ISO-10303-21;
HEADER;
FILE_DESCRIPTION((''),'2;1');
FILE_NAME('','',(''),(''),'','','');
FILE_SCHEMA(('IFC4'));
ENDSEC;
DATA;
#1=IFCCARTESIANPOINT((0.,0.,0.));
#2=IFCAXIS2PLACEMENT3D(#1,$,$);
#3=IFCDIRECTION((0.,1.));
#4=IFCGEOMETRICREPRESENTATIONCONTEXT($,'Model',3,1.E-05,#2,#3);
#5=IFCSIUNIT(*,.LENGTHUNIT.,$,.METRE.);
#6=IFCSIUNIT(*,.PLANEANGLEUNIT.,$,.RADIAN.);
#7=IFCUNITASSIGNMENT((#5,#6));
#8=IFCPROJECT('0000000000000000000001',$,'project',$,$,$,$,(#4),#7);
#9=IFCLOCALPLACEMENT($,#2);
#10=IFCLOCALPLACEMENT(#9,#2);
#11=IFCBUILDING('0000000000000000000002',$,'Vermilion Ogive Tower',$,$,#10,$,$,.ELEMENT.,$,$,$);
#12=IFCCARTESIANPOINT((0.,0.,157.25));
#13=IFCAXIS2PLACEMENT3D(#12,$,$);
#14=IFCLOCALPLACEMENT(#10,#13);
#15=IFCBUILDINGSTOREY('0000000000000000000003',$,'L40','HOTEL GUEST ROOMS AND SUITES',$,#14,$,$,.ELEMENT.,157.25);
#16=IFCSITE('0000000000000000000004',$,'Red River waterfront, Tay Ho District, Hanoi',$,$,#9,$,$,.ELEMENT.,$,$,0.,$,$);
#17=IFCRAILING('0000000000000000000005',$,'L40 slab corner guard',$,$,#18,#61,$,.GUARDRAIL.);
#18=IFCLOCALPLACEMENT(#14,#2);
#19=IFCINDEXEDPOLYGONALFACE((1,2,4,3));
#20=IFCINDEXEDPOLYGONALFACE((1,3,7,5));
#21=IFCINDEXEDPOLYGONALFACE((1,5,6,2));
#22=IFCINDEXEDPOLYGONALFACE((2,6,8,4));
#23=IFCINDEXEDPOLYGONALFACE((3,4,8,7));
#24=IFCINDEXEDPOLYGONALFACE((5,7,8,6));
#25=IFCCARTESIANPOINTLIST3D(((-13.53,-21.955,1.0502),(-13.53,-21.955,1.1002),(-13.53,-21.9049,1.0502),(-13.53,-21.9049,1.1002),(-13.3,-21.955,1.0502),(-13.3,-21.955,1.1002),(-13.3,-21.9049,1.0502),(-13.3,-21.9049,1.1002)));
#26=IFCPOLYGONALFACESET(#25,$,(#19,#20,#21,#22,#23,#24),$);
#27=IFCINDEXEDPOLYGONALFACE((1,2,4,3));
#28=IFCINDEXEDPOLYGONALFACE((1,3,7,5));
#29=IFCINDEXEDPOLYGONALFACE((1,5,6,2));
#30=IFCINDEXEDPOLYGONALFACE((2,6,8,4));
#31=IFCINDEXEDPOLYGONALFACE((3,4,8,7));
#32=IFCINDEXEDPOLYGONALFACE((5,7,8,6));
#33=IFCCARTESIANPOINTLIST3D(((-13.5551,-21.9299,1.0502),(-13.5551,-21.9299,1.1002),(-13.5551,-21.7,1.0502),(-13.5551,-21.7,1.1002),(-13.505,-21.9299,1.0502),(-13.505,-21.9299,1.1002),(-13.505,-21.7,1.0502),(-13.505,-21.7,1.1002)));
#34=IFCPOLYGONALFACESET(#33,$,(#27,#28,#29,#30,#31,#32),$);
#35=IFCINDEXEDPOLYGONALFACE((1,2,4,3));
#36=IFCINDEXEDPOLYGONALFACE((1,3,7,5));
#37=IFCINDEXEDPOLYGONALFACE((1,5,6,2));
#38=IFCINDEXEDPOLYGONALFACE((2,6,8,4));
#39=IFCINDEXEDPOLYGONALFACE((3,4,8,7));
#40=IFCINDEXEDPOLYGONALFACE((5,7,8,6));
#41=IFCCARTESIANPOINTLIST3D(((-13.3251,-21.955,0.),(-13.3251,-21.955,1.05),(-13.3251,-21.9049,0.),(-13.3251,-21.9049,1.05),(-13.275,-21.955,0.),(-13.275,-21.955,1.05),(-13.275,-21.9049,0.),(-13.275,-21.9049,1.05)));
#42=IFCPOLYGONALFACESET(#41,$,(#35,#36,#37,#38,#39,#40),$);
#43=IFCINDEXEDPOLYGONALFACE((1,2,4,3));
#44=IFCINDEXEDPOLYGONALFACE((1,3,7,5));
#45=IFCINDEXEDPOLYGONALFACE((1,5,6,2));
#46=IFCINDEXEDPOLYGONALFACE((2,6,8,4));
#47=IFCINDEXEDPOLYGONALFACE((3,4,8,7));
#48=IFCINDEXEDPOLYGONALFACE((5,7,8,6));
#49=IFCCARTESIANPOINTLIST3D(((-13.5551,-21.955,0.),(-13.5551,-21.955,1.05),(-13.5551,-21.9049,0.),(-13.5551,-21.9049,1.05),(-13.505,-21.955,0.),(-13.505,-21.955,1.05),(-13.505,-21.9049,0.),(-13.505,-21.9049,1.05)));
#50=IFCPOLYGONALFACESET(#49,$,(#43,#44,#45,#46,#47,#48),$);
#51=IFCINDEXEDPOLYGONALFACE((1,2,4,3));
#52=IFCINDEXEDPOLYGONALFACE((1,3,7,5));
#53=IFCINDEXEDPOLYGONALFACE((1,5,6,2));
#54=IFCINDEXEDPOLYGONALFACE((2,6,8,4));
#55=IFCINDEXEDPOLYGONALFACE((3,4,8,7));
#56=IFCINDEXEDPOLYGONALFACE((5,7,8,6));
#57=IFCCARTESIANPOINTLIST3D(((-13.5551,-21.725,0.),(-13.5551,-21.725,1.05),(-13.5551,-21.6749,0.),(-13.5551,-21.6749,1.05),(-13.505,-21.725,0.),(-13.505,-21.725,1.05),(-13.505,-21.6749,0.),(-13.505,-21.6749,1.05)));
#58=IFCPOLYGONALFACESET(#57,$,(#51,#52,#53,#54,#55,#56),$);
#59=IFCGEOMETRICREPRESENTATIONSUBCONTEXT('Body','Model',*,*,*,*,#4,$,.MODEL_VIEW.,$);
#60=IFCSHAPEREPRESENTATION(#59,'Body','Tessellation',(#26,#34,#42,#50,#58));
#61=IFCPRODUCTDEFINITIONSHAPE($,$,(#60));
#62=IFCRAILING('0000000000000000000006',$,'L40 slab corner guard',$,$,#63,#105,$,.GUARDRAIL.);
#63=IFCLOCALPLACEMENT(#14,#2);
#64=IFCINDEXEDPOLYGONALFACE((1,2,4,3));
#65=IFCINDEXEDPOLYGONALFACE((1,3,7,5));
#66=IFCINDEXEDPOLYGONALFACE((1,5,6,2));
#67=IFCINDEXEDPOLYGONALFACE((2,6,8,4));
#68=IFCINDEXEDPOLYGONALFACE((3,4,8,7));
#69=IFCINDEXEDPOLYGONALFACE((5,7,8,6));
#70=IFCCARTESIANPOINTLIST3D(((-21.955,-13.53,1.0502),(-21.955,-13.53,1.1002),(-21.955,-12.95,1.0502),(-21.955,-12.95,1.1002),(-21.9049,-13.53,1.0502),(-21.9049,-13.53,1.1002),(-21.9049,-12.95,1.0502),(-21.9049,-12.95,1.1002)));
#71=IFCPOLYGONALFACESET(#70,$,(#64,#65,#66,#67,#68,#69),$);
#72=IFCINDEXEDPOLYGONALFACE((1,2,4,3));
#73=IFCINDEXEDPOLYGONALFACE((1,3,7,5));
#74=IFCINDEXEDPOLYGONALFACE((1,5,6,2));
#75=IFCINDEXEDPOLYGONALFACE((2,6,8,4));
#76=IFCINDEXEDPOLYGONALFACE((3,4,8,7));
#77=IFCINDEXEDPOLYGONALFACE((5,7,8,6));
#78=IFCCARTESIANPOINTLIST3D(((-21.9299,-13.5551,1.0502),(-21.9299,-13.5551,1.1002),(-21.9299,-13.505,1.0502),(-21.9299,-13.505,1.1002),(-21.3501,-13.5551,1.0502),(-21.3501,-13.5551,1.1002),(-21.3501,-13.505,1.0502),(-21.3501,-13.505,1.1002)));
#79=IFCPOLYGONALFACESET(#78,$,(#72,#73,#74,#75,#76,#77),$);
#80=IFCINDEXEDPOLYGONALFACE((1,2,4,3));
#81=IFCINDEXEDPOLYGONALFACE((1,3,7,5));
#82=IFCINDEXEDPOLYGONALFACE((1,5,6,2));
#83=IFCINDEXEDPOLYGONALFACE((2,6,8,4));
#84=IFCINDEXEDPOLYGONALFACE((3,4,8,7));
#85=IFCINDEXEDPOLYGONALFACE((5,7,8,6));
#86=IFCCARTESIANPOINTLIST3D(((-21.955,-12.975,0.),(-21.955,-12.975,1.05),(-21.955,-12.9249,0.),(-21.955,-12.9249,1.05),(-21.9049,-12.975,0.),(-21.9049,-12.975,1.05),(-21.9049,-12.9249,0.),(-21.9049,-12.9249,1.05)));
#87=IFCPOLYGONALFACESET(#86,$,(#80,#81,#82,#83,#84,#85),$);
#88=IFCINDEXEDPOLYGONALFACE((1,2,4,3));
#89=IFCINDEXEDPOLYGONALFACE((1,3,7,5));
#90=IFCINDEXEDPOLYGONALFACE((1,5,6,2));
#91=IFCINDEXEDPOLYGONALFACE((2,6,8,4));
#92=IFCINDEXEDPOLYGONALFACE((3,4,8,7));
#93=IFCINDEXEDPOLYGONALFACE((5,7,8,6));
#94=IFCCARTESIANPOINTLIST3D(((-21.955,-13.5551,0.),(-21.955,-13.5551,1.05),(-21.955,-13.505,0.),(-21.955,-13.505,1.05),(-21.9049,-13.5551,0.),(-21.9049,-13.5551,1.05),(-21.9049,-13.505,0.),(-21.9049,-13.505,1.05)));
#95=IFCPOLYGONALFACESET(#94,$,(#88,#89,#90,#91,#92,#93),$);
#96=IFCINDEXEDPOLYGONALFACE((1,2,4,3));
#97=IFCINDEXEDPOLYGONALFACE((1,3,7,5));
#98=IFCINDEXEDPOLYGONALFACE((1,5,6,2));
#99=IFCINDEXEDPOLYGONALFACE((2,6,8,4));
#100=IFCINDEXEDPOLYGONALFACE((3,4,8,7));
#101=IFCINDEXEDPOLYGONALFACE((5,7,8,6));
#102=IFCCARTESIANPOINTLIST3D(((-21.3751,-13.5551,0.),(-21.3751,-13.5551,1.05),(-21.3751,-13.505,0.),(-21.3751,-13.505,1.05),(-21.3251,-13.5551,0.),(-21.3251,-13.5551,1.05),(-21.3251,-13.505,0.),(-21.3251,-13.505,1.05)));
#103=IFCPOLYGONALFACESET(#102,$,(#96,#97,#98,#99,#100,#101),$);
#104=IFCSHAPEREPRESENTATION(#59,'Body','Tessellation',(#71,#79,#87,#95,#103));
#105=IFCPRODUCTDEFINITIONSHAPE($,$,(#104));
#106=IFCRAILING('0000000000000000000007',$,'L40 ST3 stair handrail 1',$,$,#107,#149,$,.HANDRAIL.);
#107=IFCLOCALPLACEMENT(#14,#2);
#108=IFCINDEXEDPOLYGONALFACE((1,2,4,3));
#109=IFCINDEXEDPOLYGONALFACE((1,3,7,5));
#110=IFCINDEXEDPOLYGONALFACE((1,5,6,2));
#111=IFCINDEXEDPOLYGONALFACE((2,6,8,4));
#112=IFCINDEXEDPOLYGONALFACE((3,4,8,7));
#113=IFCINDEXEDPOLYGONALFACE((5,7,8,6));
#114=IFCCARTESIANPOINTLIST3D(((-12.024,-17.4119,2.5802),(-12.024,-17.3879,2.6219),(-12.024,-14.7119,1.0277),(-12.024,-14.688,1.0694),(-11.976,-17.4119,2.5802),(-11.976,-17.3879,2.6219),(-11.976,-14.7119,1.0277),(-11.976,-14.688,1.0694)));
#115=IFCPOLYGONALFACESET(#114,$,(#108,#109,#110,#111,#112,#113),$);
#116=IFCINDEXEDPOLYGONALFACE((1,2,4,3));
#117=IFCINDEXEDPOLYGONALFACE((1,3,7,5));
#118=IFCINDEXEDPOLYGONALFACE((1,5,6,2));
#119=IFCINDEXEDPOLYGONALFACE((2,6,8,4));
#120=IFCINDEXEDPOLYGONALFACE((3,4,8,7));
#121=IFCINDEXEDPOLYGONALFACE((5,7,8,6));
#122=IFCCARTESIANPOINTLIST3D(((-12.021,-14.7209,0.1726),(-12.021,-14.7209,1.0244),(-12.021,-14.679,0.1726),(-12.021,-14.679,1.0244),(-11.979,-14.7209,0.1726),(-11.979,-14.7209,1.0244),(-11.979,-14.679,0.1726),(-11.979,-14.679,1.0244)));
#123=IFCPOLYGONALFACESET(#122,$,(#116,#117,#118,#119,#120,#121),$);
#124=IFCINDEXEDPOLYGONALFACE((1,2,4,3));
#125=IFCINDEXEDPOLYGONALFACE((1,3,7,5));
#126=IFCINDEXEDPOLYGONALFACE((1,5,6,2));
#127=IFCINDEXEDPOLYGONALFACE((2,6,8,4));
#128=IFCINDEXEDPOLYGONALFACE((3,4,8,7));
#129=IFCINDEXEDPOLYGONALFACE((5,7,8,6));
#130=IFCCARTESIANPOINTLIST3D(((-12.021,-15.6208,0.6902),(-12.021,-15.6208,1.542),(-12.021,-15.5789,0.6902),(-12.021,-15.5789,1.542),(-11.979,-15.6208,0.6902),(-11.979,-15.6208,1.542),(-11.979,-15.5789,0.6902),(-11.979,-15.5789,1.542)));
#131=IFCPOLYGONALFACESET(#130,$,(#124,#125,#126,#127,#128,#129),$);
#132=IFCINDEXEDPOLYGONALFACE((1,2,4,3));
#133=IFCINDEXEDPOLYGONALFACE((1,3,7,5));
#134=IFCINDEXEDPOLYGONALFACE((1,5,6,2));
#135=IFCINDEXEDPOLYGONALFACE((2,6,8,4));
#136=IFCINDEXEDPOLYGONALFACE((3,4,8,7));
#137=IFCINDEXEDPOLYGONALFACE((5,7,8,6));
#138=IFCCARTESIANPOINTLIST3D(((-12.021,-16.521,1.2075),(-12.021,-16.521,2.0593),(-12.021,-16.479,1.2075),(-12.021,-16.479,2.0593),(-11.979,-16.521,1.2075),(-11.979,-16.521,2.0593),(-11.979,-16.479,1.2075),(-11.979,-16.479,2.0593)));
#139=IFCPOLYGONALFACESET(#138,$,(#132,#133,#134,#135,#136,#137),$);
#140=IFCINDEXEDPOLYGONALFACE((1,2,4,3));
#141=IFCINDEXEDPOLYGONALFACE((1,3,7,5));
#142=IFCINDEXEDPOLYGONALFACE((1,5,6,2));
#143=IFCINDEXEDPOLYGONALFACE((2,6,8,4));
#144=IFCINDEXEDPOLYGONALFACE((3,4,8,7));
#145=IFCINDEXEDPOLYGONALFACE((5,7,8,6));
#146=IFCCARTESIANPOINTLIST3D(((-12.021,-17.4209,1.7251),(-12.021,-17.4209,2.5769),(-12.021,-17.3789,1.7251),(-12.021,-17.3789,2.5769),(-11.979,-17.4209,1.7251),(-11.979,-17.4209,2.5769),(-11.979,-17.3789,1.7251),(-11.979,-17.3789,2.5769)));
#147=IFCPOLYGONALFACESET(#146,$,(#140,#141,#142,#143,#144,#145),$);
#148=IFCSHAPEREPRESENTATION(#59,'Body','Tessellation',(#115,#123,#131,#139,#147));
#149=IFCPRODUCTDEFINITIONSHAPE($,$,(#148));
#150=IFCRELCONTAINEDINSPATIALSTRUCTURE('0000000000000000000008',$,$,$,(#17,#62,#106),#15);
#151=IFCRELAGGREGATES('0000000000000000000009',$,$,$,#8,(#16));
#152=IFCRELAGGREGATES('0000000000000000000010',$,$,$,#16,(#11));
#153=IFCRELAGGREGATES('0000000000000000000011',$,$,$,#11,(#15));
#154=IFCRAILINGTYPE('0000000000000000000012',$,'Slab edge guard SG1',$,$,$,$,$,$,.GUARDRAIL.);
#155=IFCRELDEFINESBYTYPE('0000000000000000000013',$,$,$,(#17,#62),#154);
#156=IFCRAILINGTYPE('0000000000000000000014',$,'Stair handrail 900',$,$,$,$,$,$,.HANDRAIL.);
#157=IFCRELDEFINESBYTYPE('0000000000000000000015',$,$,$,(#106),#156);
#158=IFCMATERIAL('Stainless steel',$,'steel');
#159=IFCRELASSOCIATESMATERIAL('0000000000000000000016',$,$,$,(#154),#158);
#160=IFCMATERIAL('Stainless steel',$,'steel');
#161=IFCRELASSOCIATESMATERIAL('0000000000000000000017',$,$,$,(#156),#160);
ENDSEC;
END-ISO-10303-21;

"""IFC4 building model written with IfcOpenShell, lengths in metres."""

from ifc_helpers import new_model, si_unit, direction, frame, origin, origin_2d, place, context, subcontext, project, spatial, rectangle, extrude, material, type_object, element, save


model = new_model("IFC4")

# Units and contexts
model_context = context("Model", 3, precision=1e-05, world=origin(), true_north=direction((0.0, 1.0)))
body_context = subcontext(model_context, "Body", "Model", "MODEL_VIEW")
ifc_project = project(units=[si_unit("LENGTHUNIT", "METRE"), si_unit("PLANEANGLEUNIT", "RADIAN")], contexts=[model_context])

# Site, building, storey
site_placement = place(None, origin())
site = spatial("IfcSite", under=ifc_project, at=site_placement, Name="Red River waterfront, Tay Ho District, Hanoi", CompositionType="ELEMENT", RefElevation=0.0)
building_placement = place(site_placement, origin())
building = spatial("IfcBuilding", under=site, at=building_placement, Name="Vermilion Ogive Tower", CompositionType="ELEMENT")
storey_placement = place(building_placement, frame((0.0, 0.0, 157.25)))
storey = spatial("IfcBuildingStorey", under=building, at=storey_placement, Name="L40", Description="HOTEL GUEST ROOMS AND SUITES", CompositionType="ELEMENT", Elevation=157.25)

# Railings
ifc_material_1 = material(Name="Stainless steel", Category="steel")
railing_type_1 = type_object("IfcRailingType", Name="Slab edge guard SG1", PredefinedType="GUARDRAIL", material=ifc_material_1)
railing_1_placement = place(storey_placement, frame((-13.3, -21.9299, 0.0)))
element("IfcRailing", 1, at=railing_1_placement, inside=storey, type_object=railing_type_1, Name="L40 slab corner guard", PredefinedType="GUARDRAIL", context=body_context, shape_type="SweptSolid", body=[
    extrude(rectangle(XDim=0.05, YDim=0.05, at=origin_2d()), frame((0.0, 0.0, 1.0752), z_axis=(-1.0, 0.0, 0.0), x_axis=(0.0, -1.0, 0.0)), (0.0, 0.0, 1.0), 0.23),
    extrude(rectangle(XDim=0.05, YDim=0.05, at=origin_2d()), frame((-0.23, 0.0, 1.0752), z_axis=(0.0, 1.0, 0.0), x_axis=(-1.0, 0.0, 0.0)), (0.0, 0.0, 1.0), 0.23),
    extrude(rectangle(XDim=0.05, YDim=0.05, at=origin_2d()), origin(), (0.0, 0.0, 1.0), 1.05),
    extrude(rectangle(XDim=0.05, YDim=0.05, at=origin_2d()), frame((-0.23, 0.0, 0.0)), (0.0, 0.0, 1.0), 1.05),
    extrude(rectangle(XDim=0.05, YDim=0.05, at=origin_2d()), frame((-0.23, 0.23, 0.0)), (0.0, 0.0, 1.0), 1.05),
])
railing_2_placement = place(storey_placement, frame((-21.9299, -12.95, 0.0)))
element("IfcRailing", 2, at=railing_2_placement, inside=storey, type_object=railing_type_1, Name="L40 slab corner guard", PredefinedType="GUARDRAIL", context=body_context, shape_type="SweptSolid", body=[
    extrude(rectangle(XDim=0.05, YDim=0.05, at=origin_2d()), frame((0.0, 0.0, 1.0752), z_axis=(0.0, -1.0, 0.0), x_axis=(1.0, 0.0, 0.0)), (0.0, 0.0, 1.0), 0.5801),
    extrude(rectangle(XDim=0.05, YDim=0.05, at=origin_2d()), frame((0.0, -0.5801, 1.0752), z_axis=(1.0, 0.0, 0.0), x_axis=(0.0, 1.0, 0.0)), (0.0, 0.0, 1.0), 0.5798),
    extrude(rectangle(XDim=0.05, YDim=0.05, at=origin_2d()), origin(), (0.0, 0.0, 1.0), 1.05),
    extrude(rectangle(XDim=0.05, YDim=0.05, at=origin_2d()), frame((0.0, -0.5801, 0.0)), (0.0, 0.0, 1.0), 1.05),
    extrude(rectangle(XDim=0.05, YDim=0.05, at=origin_2d()), frame((0.5798, -0.5801, 0.0)), (0.0, 0.0, 1.0), 1.05),
])
ifc_material_2 = material(Name="Stainless steel", Category="steel")
railing_type_2 = type_object("IfcRailingType", Name="Stair handrail 900", PredefinedType="HANDRAIL", material=ifc_material_2)
railing_3_placement = place(storey_placement, frame((-12.0, -14.7, 0.1726)))
element("IfcRailing", 3, at=railing_3_placement, inside=storey, type_object=railing_type_2, Name="L40 ST3 stair handrail 1", PredefinedType="HANDRAIL", context=body_context, shape_type="SweptSolid", body=[
    extrude(rectangle(XDim=0.0481, YDim=0.0481, at=origin_2d()), frame((0.0, 0.0, 0.876), z_axis=(0.0, -0.866904, 0.498476), x_axis=(1.0, 0.0, 0.0)), (0.0, 0.0, 1.0), 3.1145),
    extrude(rectangle(XDim=0.042, YDim=0.042, at=origin_2d()), origin(), (0.0, 0.0, 1.0), 0.8518),
    extrude(rectangle(XDim=0.042, YDim=0.042, at=origin_2d()), frame((0.0, -0.8999, 0.5176)), (0.0, 0.0, 1.0), 0.8518),
    extrude(rectangle(XDim=0.042, YDim=0.042, at=origin_2d()), frame((0.0, -1.8, 1.0349)), (0.0, 0.0, 1.0), 0.8518),
    extrude(rectangle(XDim=0.042, YDim=0.042, at=origin_2d()), frame((0.0, -2.7, 1.5525)), (0.0, 0.0, 1.0), 0.8518),
])

save(model, "model.ifc")
